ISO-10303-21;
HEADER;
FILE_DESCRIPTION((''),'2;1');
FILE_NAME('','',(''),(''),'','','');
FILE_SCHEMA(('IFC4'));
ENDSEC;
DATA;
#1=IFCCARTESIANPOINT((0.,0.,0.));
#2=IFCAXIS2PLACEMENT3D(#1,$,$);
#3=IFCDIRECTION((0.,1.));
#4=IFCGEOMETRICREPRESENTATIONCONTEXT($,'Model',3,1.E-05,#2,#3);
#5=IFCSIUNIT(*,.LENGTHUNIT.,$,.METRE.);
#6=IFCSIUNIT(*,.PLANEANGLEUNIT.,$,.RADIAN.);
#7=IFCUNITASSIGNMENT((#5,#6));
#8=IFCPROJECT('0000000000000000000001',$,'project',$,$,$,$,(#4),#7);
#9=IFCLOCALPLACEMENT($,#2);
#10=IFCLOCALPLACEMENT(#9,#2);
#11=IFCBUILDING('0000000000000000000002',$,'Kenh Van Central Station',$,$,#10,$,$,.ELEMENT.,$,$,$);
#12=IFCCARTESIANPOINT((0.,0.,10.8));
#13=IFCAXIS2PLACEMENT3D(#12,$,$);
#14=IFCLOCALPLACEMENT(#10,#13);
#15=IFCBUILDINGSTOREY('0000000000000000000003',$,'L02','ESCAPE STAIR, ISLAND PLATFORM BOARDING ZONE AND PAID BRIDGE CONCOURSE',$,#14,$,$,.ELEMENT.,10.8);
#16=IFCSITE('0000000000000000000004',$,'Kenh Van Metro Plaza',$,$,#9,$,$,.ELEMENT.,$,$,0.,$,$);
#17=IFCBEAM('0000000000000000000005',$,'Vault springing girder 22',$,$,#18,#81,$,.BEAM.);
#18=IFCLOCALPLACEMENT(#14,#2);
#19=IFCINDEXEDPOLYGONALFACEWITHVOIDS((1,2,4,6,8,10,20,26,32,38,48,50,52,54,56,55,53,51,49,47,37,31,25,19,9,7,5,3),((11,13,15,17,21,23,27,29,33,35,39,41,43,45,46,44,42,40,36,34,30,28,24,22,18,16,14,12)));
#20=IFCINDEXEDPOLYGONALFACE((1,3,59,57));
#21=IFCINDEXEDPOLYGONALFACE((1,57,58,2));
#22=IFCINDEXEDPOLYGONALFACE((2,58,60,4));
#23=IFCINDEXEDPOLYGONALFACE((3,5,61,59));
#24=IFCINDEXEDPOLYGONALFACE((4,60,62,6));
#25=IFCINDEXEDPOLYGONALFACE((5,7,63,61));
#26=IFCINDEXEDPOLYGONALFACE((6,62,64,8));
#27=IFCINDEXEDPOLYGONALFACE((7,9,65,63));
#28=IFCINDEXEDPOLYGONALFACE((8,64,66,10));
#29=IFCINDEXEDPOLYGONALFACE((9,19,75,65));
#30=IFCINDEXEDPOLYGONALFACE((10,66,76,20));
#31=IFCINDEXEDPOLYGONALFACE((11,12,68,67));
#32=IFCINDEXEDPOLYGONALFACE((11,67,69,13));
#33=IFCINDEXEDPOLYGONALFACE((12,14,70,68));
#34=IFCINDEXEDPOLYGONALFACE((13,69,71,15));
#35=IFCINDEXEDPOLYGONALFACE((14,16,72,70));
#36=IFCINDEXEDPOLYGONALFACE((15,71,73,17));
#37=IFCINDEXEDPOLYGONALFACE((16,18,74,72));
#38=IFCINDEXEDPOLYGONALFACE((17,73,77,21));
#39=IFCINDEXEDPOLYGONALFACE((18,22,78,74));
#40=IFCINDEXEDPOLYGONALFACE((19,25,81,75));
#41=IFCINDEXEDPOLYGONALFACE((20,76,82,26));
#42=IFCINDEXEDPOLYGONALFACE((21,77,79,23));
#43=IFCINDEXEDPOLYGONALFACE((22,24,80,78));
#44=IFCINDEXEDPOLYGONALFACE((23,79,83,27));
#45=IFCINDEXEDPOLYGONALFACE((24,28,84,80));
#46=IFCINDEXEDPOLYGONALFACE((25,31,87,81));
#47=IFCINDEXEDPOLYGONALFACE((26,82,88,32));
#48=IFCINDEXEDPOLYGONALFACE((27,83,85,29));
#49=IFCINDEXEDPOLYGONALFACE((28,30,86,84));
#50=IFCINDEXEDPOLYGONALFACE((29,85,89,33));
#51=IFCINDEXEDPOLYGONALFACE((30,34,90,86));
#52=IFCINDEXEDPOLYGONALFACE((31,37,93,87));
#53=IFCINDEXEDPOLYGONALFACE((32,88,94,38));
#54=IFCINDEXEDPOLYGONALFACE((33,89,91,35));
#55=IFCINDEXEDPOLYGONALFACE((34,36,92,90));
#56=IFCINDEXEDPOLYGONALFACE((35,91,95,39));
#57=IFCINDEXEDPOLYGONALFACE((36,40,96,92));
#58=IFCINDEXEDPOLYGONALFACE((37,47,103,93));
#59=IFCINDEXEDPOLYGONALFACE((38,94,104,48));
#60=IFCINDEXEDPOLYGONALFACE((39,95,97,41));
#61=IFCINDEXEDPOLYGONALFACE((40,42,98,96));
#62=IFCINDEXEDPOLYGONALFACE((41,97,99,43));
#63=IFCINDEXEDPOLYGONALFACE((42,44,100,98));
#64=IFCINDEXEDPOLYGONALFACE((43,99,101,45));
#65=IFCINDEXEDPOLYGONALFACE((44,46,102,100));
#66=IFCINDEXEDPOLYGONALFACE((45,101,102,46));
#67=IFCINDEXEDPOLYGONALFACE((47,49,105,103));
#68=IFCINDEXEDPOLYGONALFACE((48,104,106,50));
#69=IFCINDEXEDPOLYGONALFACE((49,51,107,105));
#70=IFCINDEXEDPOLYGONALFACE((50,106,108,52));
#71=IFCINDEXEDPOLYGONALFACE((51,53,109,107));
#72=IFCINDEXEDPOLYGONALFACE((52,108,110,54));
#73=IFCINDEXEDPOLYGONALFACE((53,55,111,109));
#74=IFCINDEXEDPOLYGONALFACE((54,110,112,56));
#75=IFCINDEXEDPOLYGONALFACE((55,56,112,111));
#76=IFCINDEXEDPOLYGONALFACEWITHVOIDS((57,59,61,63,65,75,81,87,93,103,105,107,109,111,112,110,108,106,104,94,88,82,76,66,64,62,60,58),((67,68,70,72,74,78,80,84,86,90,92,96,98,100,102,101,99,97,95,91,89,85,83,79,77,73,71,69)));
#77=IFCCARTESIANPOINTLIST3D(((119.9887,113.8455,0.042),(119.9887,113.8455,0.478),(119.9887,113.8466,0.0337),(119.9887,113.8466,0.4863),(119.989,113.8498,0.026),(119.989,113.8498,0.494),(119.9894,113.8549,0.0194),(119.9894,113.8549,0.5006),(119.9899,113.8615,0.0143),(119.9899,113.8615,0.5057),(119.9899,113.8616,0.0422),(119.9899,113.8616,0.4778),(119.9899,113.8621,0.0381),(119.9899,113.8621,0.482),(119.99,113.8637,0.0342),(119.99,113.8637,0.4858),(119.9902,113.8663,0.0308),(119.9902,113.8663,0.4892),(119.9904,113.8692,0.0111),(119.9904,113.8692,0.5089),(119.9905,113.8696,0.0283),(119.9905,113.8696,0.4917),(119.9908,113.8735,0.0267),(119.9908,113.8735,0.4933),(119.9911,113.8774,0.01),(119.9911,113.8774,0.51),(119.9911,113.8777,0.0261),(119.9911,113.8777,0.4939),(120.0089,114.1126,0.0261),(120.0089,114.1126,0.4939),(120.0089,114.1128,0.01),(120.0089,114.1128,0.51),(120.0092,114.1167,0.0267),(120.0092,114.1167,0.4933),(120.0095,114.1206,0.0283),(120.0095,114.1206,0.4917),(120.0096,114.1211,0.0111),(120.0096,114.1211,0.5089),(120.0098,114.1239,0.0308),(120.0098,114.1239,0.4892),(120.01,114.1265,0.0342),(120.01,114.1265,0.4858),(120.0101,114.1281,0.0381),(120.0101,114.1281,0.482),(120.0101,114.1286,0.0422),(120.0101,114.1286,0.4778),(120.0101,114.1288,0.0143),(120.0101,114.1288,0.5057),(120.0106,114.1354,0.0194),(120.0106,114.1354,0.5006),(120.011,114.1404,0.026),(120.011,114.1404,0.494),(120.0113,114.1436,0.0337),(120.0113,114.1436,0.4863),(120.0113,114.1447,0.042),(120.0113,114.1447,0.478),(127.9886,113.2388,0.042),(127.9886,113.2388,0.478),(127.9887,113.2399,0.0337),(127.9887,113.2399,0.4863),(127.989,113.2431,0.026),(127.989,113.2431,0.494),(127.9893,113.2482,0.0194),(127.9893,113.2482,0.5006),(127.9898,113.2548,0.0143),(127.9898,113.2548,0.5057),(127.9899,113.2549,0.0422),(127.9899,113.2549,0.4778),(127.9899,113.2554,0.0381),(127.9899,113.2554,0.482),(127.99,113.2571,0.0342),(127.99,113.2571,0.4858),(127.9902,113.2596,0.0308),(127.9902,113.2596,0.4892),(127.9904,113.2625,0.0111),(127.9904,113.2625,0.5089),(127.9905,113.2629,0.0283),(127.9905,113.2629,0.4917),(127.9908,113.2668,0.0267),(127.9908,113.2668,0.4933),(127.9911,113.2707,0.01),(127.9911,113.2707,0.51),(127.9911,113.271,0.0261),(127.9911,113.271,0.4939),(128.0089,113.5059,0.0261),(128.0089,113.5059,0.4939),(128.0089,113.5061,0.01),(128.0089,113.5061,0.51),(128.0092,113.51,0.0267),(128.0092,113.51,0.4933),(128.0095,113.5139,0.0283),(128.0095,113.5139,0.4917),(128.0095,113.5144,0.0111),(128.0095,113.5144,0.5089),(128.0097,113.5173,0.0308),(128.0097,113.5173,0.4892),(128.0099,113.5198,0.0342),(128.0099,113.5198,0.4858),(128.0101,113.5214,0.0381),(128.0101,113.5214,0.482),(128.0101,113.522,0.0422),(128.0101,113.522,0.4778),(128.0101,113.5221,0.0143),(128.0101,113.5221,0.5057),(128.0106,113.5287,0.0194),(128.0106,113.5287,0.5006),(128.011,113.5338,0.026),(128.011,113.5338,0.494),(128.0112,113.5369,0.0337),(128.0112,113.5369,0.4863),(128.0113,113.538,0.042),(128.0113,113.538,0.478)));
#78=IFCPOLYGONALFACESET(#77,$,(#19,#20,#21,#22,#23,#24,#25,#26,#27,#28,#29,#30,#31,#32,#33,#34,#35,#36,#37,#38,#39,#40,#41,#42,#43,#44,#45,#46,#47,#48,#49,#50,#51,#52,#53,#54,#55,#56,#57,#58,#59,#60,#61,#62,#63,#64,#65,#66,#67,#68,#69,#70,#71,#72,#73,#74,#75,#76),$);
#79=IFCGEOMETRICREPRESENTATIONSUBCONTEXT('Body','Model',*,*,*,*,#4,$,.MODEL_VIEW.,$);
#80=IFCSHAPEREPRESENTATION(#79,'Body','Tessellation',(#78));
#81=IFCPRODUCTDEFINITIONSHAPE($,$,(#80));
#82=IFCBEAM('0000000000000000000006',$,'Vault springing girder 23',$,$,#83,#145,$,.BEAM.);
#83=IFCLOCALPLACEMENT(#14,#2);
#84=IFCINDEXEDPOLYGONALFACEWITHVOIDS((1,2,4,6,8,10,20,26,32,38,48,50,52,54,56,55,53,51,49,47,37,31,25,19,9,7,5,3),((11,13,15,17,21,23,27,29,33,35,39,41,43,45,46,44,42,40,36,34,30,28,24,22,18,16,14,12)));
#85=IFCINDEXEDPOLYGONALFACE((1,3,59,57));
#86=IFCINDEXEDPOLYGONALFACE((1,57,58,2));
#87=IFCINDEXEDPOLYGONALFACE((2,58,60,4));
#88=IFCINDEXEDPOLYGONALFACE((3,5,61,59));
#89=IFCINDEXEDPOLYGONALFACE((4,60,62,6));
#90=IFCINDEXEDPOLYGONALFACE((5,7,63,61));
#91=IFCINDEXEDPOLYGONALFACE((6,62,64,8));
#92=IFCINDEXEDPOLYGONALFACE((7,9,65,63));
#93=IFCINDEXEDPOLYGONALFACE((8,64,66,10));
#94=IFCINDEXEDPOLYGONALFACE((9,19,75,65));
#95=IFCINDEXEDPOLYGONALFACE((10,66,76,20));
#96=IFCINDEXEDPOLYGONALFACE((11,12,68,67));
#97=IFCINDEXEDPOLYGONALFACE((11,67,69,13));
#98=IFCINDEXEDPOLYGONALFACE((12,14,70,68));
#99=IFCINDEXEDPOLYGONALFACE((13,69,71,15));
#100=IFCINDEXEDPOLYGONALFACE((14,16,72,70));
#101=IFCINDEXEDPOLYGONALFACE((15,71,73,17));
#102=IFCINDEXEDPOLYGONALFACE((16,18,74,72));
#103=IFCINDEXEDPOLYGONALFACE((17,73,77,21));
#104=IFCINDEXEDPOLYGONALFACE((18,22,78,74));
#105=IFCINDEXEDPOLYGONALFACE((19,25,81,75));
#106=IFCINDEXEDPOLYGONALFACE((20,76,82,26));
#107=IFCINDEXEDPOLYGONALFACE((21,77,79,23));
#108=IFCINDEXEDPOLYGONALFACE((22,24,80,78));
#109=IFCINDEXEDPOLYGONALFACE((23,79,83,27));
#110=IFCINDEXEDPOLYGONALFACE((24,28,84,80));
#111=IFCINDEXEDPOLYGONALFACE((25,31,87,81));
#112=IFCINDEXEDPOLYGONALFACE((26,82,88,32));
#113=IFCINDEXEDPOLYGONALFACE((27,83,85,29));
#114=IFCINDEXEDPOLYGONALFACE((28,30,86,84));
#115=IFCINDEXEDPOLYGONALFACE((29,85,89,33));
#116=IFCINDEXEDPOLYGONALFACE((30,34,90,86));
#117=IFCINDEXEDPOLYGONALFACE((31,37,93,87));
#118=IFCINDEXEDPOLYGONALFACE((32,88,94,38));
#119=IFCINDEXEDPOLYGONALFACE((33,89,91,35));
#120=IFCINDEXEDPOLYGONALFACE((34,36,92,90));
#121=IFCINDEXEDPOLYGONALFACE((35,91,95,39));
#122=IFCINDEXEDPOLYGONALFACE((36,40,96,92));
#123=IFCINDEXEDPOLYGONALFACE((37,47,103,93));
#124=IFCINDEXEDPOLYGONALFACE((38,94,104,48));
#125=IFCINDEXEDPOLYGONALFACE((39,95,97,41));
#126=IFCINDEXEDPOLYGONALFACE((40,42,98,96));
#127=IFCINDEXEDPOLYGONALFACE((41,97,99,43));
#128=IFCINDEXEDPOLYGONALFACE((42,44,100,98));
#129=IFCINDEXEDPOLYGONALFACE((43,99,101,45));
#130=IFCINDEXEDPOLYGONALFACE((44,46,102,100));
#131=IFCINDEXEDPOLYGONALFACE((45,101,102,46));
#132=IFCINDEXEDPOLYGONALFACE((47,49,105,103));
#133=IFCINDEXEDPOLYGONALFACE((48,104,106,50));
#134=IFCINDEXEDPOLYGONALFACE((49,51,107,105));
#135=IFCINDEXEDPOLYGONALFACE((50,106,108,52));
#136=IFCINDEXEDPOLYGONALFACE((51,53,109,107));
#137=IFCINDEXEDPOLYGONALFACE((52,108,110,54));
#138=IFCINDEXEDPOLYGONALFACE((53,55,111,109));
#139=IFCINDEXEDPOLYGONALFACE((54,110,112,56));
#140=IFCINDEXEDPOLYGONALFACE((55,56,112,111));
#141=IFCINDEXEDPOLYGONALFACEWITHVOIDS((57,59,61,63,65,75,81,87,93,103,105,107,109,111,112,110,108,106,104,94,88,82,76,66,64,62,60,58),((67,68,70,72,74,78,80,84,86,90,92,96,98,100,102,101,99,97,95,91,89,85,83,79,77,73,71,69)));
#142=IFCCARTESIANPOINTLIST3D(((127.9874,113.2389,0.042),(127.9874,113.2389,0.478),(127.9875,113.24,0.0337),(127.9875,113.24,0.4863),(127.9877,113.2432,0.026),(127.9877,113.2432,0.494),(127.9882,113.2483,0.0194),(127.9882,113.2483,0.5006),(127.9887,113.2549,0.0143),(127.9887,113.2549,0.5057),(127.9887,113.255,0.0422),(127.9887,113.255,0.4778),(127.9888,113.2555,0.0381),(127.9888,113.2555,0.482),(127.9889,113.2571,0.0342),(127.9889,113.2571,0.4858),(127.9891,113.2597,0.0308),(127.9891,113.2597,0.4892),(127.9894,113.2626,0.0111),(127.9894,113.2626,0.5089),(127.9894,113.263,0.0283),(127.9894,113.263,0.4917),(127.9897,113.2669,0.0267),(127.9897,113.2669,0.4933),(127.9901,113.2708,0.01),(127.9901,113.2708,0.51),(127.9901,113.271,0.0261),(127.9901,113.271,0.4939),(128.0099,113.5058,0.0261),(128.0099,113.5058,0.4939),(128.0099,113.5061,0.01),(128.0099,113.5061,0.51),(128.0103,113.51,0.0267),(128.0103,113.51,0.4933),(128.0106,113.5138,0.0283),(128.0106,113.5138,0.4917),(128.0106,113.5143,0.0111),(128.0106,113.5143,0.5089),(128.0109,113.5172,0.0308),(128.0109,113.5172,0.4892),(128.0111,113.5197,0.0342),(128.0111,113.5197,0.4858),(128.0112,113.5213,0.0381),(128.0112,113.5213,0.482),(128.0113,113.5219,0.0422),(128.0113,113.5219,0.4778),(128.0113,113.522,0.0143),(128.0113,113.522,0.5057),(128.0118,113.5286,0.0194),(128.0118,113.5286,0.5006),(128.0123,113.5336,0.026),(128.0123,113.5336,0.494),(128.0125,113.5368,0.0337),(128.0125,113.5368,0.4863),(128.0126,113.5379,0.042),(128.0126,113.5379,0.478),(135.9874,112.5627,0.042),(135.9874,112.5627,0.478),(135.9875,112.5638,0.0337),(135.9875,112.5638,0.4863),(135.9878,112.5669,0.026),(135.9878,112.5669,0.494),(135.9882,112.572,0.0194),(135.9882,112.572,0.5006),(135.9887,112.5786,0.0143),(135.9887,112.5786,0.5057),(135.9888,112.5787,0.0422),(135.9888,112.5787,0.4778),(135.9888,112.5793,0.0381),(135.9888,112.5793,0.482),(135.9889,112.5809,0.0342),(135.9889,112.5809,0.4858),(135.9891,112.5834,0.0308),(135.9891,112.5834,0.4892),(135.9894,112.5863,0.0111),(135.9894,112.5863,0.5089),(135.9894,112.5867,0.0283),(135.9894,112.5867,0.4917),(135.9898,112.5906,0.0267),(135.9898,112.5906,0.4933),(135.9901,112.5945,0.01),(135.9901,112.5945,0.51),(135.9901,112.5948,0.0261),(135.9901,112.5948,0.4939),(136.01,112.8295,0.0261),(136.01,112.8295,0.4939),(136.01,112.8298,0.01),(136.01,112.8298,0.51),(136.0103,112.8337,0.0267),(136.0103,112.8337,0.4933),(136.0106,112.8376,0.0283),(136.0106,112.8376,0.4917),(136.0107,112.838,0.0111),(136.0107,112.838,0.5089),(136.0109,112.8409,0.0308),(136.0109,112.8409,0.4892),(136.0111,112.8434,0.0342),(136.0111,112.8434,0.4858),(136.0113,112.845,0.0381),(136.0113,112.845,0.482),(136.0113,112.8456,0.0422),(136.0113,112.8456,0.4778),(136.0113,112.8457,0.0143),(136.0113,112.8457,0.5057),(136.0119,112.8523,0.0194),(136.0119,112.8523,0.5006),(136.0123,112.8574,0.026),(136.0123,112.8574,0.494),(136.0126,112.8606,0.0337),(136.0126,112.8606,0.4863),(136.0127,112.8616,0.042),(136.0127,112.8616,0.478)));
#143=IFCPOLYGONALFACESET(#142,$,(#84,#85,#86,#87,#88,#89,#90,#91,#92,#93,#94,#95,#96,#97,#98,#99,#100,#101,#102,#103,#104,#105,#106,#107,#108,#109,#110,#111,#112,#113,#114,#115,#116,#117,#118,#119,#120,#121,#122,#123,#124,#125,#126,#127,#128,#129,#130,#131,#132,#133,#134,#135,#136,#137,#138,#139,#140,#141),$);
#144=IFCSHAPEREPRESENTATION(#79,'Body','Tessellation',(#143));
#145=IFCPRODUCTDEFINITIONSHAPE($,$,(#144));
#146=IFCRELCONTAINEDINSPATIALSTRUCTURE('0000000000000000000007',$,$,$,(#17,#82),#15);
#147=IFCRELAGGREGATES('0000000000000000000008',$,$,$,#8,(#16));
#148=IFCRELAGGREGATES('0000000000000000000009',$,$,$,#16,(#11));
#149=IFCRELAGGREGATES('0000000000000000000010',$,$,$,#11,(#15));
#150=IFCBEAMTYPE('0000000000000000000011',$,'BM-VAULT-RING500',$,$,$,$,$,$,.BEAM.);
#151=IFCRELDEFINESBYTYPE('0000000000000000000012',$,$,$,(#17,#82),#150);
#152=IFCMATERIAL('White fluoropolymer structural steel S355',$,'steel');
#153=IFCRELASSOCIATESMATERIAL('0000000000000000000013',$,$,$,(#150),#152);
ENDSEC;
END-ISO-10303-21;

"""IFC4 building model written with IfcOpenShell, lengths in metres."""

from ifc_helpers import new_model, si_unit, direction, frame, origin, origin_2d, place, context, subcontext, project, spatial, hollow_rectangle, extrude, material, material_profile, profile_set, type_object, element, save


model = new_model("IFC4")

# Units and contexts
model_context = context("Model", 3, precision=1e-05, world=origin(), true_north=direction((0.0, 1.0)))
body_context = subcontext(model_context, "Body", "Model", "MODEL_VIEW")
ifc_project = project(units=[si_unit("LENGTHUNIT", "METRE"), si_unit("PLANEANGLEUNIT", "RADIAN")], contexts=[model_context])

# Site, building, storey
site_placement = place(None, origin())
site = spatial("IfcSite", under=ifc_project, at=site_placement, Name="Kenh Van Metro Plaza", CompositionType="ELEMENT", RefElevation=0.0)
building_placement = place(site_placement, origin())
building = spatial("IfcBuilding", under=site, at=building_placement, Name="Kenh Van Central Station", CompositionType="ELEMENT")
storey_placement = place(building_placement, frame((0.0, 0.0, 10.8)))
storey = spatial("IfcBuildingStorey", under=building, at=storey_placement, Name="L02", Description="ESCAPE STAIR, ISLAND PLATFORM BOARDING ZONE AND PAID BRIDGE CONCOURSE", CompositionType="ELEMENT", Elevation=10.8)

# Beams
ifc_material_1 = material(Name="White fluoropolymer structural steel S355", Category="steel")
ifc_material_profile_1 = material_profile(ifc_material_1, hollow_rectangle(XDim=0.3, YDim=0.5, WallThickness=0.0161, InnerFilletRadius=0.0161, OuterFilletRadius=0.032, at=origin_2d()), Name="RHS 500x300x16")
ifc_profile_set_1 = profile_set([ifc_material_profile_1], Name="White fluoropolymer structural steel S355")
beam_type_1 = type_object("IfcBeamType", Name="BM-VAULT-RING500", PredefinedType="BEAM", material=ifc_profile_set_1)
beam_1_placement = place(storey_placement, frame((120.0, 113.9951, 0.26), z_axis=(0.997137, -0.075619, 0.0), x_axis=(0.075619, 0.997137, 0.0)))
element("IfcBeam", 1, at=beam_1_placement, inside=storey, type_object=beam_type_1, Name="Vault springing girder 22", PredefinedType="BEAM", context=body_context, shape_type="SweptSolid", body=[
    extrude(hollow_rectangle(XDim=0.3, YDim=0.5, WallThickness=0.0161, InnerFilletRadius=0.0161, OuterFilletRadius=0.032, at=origin_2d()), origin(), (0.0, 0.0, 1.0), 8.0229),
])
beam_2_placement = place(storey_placement, frame((128.0, 113.3884, 0.26), z_axis=(0.996446, -0.084233, 0.0), x_axis=(0.084233, 0.996446, 0.0)))
element("IfcBeam", 2, at=beam_2_placement, inside=storey, type_object=beam_type_1, Name="Vault springing girder 23", PredefinedType="BEAM", context=body_context, shape_type="SweptSolid", body=[
    extrude(hollow_rectangle(XDim=0.3, YDim=0.5, WallThickness=0.0161, InnerFilletRadius=0.0161, OuterFilletRadius=0.032, at=origin_2d()), origin(), (0.0, 0.0, 1.0), 8.0286),
])

save(model, "model.ifc")
